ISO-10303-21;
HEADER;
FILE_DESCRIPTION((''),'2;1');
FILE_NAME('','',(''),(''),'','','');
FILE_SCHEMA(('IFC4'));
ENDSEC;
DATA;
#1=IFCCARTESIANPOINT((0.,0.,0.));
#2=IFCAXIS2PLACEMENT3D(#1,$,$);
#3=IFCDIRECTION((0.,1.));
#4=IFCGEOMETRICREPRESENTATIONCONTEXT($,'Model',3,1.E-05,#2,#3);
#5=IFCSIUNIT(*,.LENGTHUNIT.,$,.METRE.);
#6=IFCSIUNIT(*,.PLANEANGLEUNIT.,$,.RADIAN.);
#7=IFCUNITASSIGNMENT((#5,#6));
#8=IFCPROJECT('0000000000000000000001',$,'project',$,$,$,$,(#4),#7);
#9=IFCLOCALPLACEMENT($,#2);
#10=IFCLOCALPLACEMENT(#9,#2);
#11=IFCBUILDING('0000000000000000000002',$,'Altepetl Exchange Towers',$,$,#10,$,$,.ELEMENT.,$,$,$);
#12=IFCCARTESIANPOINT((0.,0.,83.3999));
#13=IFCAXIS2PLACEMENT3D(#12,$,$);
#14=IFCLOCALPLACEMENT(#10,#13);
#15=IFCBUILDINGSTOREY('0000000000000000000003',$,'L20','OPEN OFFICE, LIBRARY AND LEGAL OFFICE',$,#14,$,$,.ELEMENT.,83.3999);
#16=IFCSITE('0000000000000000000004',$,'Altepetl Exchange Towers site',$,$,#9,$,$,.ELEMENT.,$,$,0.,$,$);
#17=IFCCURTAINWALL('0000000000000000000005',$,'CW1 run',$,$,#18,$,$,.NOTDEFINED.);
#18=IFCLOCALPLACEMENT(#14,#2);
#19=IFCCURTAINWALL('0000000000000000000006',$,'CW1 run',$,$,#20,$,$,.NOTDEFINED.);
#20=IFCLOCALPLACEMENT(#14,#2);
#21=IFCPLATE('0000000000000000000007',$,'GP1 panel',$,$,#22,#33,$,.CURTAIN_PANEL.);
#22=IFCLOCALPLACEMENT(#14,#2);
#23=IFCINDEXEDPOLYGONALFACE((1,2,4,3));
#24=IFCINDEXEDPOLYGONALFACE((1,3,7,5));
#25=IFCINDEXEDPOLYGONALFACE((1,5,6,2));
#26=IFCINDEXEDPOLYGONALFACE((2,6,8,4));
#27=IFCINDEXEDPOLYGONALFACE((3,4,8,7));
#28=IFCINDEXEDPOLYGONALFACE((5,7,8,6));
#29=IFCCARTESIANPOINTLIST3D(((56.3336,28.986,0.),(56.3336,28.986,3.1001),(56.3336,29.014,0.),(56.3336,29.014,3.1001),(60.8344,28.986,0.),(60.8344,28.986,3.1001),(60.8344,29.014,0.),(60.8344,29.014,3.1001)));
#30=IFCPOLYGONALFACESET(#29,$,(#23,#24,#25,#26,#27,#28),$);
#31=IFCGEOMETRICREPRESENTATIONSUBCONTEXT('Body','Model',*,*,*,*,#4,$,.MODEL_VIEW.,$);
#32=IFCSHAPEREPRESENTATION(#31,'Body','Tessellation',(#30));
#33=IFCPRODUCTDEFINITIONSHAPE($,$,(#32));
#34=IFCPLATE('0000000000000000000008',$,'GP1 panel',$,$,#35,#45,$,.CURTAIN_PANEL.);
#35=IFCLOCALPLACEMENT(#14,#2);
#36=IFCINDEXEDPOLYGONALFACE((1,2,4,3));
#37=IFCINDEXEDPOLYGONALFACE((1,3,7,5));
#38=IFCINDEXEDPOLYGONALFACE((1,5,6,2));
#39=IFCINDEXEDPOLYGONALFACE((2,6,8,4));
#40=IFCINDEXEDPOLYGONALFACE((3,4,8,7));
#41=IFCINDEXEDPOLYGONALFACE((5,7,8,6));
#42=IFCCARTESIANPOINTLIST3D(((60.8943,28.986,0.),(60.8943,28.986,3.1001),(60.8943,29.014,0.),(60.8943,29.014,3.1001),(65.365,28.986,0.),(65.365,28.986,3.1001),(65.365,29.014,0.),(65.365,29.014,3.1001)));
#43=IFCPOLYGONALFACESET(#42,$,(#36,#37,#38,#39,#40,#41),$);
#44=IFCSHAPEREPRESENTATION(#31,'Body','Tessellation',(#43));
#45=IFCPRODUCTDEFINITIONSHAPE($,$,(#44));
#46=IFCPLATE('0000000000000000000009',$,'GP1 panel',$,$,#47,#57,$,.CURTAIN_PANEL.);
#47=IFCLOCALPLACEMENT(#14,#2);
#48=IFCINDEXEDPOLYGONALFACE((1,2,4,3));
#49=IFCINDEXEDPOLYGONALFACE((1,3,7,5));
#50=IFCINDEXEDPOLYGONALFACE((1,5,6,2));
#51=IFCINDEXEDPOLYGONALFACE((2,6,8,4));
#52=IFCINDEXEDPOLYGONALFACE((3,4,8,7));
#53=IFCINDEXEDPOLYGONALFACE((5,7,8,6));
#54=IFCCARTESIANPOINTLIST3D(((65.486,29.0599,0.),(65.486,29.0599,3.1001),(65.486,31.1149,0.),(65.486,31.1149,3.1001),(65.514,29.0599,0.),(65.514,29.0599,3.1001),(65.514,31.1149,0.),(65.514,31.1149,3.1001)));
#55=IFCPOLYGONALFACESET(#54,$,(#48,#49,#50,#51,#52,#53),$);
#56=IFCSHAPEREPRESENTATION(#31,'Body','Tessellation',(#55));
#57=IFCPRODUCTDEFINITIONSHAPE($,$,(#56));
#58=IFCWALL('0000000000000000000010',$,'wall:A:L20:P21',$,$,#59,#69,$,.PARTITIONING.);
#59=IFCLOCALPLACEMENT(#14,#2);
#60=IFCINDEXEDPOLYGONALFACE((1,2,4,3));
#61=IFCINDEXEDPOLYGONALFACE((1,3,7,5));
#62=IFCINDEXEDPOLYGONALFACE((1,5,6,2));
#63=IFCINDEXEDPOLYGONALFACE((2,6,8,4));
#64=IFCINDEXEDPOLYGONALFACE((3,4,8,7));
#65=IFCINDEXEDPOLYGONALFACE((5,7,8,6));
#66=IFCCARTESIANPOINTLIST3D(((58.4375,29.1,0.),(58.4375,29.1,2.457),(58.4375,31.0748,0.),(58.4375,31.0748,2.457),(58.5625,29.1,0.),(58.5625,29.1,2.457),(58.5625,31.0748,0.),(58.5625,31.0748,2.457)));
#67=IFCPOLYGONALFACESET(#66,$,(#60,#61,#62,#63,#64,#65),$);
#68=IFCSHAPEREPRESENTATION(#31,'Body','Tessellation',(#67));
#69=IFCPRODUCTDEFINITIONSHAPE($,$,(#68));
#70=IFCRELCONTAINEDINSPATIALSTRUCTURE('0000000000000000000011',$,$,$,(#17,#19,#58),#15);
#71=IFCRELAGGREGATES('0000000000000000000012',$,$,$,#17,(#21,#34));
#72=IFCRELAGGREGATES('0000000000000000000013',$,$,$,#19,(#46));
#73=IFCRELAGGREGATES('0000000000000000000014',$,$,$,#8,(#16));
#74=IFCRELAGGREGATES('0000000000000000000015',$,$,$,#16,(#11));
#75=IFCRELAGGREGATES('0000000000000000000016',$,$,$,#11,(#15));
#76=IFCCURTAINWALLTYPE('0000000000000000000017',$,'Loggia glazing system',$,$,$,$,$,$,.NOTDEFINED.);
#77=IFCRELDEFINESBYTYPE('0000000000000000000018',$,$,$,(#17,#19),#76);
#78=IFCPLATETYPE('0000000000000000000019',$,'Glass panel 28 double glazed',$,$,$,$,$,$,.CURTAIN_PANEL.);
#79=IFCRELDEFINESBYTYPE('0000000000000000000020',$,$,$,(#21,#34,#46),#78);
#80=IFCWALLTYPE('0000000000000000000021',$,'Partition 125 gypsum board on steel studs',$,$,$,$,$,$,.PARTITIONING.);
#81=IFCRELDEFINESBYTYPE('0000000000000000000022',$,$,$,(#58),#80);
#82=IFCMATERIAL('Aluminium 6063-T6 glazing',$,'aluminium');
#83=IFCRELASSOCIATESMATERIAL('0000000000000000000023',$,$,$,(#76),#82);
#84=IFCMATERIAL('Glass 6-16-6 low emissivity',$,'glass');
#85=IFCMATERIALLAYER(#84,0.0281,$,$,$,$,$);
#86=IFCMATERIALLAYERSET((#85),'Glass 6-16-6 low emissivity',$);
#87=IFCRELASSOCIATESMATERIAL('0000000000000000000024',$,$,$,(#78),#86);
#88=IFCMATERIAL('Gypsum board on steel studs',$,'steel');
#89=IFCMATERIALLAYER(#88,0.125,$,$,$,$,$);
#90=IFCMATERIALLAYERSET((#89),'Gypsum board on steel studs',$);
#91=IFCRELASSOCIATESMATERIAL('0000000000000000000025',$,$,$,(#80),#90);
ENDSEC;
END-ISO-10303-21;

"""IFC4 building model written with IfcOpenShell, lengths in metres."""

from ifc_helpers import new_model, si_unit, direction, frame, frame_2d, origin, origin_2d, place, context, subcontext, project, spatial, rectangle, extrude, material, layer, layer_set, type_object, element, aggregate, save


model = new_model("IFC4")

# Units and contexts
model_context = context("Model", 3, precision=1e-05, world=origin(), true_north=direction((0.0, 1.0)))
body_context = subcontext(model_context, "Body", "Model", "MODEL_VIEW")
ifc_project = project(units=[si_unit("LENGTHUNIT", "METRE"), si_unit("PLANEANGLEUNIT", "RADIAN")], contexts=[model_context])

# Site, building, storey
site_placement = place(None, origin())
site = spatial("IfcSite", under=ifc_project, at=site_placement, Name="Altepetl Exchange Towers site", CompositionType="ELEMENT", RefElevation=0.0)
building_placement = place(site_placement, origin())
building = spatial("IfcBuilding", under=site, at=building_placement, Name="Altepetl Exchange Towers", CompositionType="ELEMENT")
storey_placement = place(building_placement, frame((0.0, 0.0, 83.3999)))
storey = spatial("IfcBuildingStorey", under=building, at=storey_placement, Name="L20", Description="OPEN OFFICE, LIBRARY AND LEGAL OFFICE", CompositionType="ELEMENT", Elevation=83.3999)

# Curtain wall
ifc_material_1 = material(Name="Aluminium 6063-T6 glazing", Category="aluminium")
curtain_wall_type = type_object("IfcCurtainWallType", Name="Loggia glazing system", PredefinedType="NOTDEFINED", material=ifc_material_1)
curtain_wall_1_placement = place(storey_placement, origin())
curtain_wall_1 = element("IfcCurtainWall", 1, at=curtain_wall_1_placement, inside=storey, type_object=curtain_wall_type, Name="CW1 run", PredefinedType="NOTDEFINED")

# Curtain wall
curtain_wall_2_placement = place(storey_placement, origin())
curtain_wall_2 = element("IfcCurtainWall", 2, at=curtain_wall_2_placement, inside=storey, type_object=curtain_wall_type, Name="CW1 run", PredefinedType="NOTDEFINED")

# Plates
ifc_material_2 = material(Name="Glass 6-16-6 low emissivity", Category="glass")
ifc_layer_1 = layer(ifc_material_2, 0.0281)
ifc_layer_set_1 = layer_set([ifc_layer_1], Name="Glass 6-16-6 low emissivity")
plate_type = type_object("IfcPlateType", Name="Glass panel 28 double glazed", PredefinedType="CURTAIN_PANEL", material=ifc_layer_set_1)
plate_1_placement = place(storey_placement, frame((58.584, 29.0, 0.0)))
plate_1 = element("IfcPlate", 3, at=plate_1_placement, type_object=plate_type, Name="GP1 panel", PredefinedType="CURTAIN_PANEL", context=body_context, shape_type="SweptSolid", body=[
    extrude(rectangle(XDim=4.5007, YDim=0.0281, at=origin_2d()), origin(), (0.0, 0.0, 1.0), 3.1001),
])
plate_2_placement = place(storey_placement, frame((63.1296, 29.0, 0.0)))
plate_2 = element("IfcPlate", 4, at=plate_2_placement, type_object=plate_type, Name="GP1 panel", PredefinedType="CURTAIN_PANEL", context=body_context, shape_type="SweptSolid", body=[
    extrude(rectangle(XDim=4.4707, YDim=0.0281, at=origin_2d()), origin(), (0.0, 0.0, 1.0), 3.1001),
])
aggregate(curtain_wall_1, [plate_1, plate_2])
plate_3_placement = place(storey_placement, frame((65.5, 30.0874, 0.0), z_axis=(0.0, 0.0, 1.0), x_axis=(0.0, 1.0, 0.0)))
plate_3 = element("IfcPlate", 5, at=plate_3_placement, type_object=plate_type, Name="GP1 panel", PredefinedType="CURTAIN_PANEL", context=body_context, shape_type="SweptSolid", body=[
    extrude(rectangle(XDim=2.0549, YDim=0.0281, at=origin_2d()), origin(), (0.0, 0.0, 1.0), 3.1001),
])
aggregate(curtain_wall_2, [plate_3])

# Wall
ifc_material_3 = material(Name="Gypsum board on steel studs", Category="steel")
ifc_layer_2 = layer(ifc_material_3, 0.125)
ifc_layer_set_2 = layer_set([ifc_layer_2], Name="Gypsum board on steel studs")
wall_type = type_object("IfcWallType", Name="Partition 125 gypsum board on steel studs", PredefinedType="PARTITIONING", material=ifc_layer_set_2)
wall_placement = place(storey_placement, frame((58.5, 29.1001, 0.0), z_axis=(0.0, 0.0, 1.0), x_axis=(0.0, 1.0, 0.0)))
element("IfcWall", 6, at=wall_placement, inside=storey, type_object=wall_type, Name="wall:A:L20:P21", PredefinedType="PARTITIONING", context=body_context, shape_type="SweptSolid", body=[
    extrude(rectangle(XDim=1.9749, YDim=0.125, at=frame_2d((0.9873, 0.0))), origin(), (0.0, 0.0, 1.0), 2.457),
])

save(model, "model.ifc")
